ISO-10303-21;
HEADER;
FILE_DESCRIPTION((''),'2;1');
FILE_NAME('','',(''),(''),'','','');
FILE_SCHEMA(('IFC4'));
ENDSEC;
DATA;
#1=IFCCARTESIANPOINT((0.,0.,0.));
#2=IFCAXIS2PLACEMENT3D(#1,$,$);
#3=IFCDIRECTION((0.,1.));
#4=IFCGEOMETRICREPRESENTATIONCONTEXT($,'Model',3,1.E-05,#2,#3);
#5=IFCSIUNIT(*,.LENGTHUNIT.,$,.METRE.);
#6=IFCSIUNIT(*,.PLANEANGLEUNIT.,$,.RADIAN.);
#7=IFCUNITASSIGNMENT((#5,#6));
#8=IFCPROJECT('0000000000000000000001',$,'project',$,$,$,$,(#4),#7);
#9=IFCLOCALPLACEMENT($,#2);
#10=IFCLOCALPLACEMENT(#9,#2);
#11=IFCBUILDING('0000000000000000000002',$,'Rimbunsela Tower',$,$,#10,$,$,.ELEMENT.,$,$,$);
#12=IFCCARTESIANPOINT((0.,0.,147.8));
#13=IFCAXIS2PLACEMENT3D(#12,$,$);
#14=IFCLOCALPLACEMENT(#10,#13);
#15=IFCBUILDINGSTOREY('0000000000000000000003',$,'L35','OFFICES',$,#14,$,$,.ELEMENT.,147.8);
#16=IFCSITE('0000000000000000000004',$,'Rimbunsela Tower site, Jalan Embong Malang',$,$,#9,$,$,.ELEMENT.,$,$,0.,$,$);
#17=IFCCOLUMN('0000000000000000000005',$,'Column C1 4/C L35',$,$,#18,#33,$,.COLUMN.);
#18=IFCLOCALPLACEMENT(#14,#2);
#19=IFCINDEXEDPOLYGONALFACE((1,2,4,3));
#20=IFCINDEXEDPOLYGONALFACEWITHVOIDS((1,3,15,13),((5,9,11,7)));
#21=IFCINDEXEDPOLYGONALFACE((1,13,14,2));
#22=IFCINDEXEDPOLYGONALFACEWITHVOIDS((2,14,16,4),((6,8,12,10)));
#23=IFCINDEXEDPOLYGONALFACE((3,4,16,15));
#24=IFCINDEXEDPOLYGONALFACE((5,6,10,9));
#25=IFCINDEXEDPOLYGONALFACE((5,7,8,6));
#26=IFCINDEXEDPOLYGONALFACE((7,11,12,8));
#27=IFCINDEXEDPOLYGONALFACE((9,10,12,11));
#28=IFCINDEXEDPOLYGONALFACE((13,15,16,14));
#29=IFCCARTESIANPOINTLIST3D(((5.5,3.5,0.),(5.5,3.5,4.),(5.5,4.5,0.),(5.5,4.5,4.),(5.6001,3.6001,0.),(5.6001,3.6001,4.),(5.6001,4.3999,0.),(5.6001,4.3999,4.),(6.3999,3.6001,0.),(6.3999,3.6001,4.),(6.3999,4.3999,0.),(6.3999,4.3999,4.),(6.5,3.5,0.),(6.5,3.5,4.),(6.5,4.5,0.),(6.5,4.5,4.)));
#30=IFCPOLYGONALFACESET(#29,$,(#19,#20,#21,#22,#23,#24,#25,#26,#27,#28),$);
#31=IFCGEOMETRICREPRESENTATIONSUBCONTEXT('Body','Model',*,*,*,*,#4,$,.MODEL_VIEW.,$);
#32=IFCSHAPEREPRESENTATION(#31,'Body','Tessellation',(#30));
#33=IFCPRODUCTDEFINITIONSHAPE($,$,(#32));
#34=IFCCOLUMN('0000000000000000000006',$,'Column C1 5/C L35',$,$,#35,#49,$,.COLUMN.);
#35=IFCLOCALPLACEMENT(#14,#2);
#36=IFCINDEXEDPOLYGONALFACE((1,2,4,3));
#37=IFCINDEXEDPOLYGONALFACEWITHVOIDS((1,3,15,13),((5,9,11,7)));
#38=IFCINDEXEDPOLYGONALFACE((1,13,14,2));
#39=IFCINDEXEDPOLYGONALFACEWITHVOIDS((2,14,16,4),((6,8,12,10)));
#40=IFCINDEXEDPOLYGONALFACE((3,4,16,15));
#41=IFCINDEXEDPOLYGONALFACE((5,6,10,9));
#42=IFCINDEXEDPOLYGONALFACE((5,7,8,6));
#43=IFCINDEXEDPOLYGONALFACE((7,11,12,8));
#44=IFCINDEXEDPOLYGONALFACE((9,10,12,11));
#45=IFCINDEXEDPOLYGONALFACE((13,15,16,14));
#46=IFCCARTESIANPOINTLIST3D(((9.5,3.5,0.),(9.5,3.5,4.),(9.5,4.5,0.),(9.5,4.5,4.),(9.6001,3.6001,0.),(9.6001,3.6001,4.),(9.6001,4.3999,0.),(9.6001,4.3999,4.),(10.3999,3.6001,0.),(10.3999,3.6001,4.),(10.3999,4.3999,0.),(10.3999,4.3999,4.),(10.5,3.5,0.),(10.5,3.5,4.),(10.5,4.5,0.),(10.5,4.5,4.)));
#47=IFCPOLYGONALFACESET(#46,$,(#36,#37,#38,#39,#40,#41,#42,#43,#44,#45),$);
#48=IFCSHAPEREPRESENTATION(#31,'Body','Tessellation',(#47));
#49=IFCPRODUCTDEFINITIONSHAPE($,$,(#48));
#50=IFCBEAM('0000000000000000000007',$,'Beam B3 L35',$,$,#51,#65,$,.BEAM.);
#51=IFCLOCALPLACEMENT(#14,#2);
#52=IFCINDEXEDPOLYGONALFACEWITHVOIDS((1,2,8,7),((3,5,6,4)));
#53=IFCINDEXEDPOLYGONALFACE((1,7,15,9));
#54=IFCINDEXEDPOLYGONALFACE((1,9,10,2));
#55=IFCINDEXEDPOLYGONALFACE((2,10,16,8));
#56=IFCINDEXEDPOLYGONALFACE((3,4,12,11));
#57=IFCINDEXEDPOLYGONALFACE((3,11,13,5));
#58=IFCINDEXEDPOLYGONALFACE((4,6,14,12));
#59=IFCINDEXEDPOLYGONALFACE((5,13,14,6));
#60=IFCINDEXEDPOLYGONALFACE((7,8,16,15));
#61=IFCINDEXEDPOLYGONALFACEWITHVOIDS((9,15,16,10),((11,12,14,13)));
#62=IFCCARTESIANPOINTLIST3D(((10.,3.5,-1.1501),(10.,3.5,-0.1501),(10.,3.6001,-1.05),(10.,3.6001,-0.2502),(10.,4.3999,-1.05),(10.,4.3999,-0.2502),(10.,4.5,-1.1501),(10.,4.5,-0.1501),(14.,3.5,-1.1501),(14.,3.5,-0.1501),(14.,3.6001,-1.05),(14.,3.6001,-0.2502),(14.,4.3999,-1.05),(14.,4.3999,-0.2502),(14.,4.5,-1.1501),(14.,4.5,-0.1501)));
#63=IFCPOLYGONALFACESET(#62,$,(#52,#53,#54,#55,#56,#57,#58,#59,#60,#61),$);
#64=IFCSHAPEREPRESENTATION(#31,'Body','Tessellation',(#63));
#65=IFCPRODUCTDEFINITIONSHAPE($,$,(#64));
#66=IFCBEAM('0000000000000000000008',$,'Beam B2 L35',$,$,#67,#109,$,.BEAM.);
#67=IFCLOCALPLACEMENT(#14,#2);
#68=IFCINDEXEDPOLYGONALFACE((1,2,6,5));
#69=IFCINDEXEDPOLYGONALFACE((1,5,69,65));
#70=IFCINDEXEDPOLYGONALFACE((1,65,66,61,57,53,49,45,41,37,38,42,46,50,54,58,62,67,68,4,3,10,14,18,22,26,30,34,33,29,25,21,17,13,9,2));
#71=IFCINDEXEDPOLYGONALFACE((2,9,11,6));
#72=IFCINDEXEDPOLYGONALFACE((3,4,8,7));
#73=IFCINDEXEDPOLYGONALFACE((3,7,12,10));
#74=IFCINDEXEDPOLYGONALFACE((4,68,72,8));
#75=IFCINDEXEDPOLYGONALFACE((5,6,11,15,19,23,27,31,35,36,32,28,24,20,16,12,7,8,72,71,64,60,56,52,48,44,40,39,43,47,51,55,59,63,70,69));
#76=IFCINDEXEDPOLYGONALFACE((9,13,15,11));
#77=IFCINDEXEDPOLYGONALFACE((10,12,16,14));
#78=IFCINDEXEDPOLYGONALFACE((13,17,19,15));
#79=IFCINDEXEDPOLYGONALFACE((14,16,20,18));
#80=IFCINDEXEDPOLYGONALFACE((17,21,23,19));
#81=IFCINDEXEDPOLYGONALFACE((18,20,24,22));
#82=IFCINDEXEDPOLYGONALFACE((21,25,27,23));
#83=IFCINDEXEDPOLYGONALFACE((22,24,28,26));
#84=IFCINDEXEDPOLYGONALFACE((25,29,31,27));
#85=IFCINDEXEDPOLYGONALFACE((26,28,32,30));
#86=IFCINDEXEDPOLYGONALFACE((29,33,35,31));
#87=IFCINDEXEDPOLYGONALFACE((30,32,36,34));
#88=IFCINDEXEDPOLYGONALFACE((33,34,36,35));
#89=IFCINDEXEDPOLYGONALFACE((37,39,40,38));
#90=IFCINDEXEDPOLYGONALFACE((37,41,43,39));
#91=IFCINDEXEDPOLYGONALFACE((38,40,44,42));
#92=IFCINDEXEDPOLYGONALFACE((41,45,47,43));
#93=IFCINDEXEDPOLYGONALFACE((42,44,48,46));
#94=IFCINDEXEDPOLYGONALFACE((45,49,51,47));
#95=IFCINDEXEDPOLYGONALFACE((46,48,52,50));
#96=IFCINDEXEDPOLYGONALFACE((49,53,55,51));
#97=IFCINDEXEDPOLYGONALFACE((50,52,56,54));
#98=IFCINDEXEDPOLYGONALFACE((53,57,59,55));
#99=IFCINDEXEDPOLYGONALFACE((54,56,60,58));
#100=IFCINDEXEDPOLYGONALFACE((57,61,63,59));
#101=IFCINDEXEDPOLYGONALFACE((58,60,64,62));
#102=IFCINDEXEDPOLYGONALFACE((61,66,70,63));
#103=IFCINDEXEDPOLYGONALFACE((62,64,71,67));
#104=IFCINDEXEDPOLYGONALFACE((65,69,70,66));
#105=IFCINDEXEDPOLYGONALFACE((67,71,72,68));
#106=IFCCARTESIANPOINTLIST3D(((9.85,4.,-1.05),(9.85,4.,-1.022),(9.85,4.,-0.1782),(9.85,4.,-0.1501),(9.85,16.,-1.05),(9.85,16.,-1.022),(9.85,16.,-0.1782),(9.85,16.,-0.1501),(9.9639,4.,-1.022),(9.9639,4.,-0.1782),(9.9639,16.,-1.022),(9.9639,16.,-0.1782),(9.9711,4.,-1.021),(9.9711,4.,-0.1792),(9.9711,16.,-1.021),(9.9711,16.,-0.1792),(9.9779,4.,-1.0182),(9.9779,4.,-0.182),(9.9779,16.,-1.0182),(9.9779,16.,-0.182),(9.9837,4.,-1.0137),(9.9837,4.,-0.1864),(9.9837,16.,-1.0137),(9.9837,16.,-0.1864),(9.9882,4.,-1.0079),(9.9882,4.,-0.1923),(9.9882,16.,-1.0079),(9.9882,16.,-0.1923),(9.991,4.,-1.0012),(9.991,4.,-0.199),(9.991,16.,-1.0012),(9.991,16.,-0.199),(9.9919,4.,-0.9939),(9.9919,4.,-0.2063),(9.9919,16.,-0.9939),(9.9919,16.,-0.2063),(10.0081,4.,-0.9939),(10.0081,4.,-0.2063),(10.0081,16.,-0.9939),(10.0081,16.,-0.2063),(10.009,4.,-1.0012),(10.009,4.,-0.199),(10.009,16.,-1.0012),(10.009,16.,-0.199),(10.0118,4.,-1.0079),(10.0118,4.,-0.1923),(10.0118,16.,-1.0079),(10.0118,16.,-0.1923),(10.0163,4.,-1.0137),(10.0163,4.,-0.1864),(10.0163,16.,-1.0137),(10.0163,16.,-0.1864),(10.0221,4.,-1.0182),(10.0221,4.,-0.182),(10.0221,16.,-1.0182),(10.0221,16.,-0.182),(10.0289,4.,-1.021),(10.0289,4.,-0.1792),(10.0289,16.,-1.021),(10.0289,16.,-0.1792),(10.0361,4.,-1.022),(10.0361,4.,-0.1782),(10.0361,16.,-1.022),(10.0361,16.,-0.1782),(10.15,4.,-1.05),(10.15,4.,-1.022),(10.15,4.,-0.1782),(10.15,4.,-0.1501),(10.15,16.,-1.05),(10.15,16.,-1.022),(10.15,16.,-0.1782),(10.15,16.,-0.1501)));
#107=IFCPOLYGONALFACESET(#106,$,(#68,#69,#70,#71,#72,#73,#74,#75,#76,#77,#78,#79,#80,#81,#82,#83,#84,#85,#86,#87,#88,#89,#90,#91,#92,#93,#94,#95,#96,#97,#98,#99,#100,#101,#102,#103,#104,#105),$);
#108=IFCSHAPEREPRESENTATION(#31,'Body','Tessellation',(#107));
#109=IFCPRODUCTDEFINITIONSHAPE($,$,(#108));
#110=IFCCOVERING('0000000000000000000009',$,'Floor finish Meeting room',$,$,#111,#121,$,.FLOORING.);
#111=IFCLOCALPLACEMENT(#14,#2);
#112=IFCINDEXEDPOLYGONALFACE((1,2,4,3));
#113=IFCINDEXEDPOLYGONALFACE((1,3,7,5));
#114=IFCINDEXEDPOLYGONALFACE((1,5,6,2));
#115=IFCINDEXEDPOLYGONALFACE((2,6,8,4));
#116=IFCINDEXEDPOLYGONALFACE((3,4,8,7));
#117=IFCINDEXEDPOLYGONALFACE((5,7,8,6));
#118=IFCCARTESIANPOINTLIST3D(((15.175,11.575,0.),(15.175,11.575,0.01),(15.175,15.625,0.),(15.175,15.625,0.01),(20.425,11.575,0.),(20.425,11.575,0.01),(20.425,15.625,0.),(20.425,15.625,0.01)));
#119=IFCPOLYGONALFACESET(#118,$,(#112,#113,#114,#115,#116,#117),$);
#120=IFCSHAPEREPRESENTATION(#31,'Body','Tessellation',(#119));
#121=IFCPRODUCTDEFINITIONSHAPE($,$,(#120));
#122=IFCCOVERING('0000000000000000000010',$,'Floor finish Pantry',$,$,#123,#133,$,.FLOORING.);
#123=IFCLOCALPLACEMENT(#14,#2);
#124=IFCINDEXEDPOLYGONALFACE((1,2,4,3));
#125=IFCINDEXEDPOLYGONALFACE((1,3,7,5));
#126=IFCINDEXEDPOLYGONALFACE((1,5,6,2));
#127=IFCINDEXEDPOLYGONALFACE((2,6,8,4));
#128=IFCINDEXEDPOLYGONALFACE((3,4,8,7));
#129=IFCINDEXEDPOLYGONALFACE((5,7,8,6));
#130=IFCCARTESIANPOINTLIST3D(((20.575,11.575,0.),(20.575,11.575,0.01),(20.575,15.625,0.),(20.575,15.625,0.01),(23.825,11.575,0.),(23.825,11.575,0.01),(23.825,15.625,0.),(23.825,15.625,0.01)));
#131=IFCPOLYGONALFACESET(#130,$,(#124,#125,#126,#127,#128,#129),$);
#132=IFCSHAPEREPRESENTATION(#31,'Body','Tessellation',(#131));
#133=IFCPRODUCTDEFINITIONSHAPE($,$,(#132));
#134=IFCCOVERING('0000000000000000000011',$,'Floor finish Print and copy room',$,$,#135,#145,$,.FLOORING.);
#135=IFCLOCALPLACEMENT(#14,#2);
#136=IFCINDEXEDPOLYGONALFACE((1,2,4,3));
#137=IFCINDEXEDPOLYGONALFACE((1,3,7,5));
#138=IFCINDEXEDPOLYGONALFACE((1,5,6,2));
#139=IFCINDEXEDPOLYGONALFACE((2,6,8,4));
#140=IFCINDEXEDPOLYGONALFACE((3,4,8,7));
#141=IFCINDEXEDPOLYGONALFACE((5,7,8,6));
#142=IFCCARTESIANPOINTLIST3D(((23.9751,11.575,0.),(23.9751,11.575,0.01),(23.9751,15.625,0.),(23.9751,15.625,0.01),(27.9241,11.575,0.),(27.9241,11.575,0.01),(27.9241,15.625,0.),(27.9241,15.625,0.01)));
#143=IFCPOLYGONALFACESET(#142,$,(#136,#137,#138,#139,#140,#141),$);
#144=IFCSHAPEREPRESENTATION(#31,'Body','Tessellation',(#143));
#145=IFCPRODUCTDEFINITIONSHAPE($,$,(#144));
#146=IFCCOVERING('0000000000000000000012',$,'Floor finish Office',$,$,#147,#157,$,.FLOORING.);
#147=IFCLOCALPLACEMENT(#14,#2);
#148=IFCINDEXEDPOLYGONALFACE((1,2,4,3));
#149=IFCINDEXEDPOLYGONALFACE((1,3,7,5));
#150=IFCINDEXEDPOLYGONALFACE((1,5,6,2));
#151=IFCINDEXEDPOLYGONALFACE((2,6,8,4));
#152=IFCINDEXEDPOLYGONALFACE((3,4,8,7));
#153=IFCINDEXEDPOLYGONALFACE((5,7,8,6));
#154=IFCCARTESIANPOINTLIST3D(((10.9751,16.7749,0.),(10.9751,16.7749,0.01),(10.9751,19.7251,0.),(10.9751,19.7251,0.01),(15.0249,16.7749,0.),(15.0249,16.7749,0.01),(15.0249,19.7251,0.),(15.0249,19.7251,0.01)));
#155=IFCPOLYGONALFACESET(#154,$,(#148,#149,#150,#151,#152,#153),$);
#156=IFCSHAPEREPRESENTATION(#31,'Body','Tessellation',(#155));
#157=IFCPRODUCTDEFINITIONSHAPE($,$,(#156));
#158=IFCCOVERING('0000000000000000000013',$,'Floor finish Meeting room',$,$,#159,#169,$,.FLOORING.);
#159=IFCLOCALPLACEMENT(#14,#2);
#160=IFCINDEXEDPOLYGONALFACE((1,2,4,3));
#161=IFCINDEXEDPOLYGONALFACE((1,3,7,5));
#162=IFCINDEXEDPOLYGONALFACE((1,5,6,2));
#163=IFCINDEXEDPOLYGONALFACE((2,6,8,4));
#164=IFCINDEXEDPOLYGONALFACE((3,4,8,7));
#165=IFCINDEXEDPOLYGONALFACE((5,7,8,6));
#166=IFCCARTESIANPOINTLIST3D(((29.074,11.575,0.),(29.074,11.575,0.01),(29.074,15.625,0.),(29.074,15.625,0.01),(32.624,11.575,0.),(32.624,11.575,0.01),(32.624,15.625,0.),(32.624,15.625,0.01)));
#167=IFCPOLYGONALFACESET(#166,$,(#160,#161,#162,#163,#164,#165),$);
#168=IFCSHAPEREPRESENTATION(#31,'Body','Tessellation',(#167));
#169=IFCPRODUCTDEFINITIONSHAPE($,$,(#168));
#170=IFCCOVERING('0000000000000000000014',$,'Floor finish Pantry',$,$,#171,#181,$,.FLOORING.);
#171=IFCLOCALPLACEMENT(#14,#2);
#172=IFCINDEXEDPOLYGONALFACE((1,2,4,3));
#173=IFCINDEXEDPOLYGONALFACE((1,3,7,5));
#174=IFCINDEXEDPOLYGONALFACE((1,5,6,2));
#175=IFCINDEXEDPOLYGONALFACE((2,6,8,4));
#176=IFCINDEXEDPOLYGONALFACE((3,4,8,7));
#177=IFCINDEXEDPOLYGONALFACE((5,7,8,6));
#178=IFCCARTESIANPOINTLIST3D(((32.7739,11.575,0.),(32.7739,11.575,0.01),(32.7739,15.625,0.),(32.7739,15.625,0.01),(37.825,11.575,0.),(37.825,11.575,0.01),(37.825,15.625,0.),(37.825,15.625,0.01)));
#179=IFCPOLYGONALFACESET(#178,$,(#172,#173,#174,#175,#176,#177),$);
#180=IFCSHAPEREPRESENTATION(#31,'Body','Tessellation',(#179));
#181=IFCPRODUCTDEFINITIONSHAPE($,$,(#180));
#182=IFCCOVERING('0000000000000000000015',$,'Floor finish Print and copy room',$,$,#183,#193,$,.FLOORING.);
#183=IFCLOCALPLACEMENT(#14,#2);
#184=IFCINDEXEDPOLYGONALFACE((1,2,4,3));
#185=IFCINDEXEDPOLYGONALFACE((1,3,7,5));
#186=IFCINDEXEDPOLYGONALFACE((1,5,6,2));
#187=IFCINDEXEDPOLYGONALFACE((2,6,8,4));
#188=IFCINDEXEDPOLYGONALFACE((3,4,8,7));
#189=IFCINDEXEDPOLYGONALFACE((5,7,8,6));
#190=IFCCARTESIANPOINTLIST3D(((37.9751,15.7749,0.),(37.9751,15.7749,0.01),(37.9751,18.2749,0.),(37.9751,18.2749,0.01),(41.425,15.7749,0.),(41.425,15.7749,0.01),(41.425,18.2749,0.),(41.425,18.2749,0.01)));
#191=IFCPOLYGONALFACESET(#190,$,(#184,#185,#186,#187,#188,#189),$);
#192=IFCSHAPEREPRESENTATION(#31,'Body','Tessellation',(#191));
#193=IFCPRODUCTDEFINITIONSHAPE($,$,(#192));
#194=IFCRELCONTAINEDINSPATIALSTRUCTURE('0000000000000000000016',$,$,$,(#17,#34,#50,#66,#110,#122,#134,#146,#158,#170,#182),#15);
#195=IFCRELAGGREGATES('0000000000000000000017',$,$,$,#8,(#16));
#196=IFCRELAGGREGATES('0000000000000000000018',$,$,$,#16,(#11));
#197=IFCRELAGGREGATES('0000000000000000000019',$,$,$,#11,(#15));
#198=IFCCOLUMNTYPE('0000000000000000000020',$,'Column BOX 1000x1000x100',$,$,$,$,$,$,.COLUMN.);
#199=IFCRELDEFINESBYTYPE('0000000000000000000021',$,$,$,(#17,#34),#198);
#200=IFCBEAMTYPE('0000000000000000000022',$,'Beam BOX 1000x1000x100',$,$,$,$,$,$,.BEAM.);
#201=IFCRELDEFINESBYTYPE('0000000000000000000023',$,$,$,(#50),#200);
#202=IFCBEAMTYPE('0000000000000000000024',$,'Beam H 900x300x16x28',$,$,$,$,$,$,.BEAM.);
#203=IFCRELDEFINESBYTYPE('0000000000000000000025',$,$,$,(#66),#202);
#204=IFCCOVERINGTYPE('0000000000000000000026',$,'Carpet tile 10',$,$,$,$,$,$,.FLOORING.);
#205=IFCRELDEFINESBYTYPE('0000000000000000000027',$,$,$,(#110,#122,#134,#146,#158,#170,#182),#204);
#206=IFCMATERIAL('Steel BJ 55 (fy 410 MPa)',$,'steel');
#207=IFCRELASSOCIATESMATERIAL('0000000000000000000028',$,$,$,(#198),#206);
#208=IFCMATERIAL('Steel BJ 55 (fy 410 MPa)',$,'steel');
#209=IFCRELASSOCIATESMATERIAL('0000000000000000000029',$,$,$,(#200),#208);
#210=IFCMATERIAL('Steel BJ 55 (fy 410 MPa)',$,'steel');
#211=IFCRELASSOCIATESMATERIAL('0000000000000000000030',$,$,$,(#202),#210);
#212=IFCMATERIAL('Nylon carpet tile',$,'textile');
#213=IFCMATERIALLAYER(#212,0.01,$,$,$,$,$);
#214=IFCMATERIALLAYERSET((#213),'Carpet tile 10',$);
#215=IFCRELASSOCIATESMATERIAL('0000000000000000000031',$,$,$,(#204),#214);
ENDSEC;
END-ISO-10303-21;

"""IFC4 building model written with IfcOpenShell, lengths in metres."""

from ifc_helpers import new_model, si_unit, direction, frame, origin, origin_2d, place, context, subcontext, project, spatial, polyline, hollow_rectangle, i_section, outline, extrude, material, layer, layer_set, material_profile, profile_set, type_object, element, save


model = new_model("IFC4")

# Units and contexts
model_context = context("Model", 3, precision=1e-05, world=origin(), true_north=direction((0.0, 1.0)))
body_context = subcontext(model_context, "Body", "Model", "MODEL_VIEW")
ifc_project = project(units=[si_unit("LENGTHUNIT", "METRE"), si_unit("PLANEANGLEUNIT", "RADIAN")], contexts=[model_context])

# Site, building, storey
site_placement = place(None, origin())
site = spatial("IfcSite", under=ifc_project, at=site_placement, Name="Rimbunsela Tower site, Jalan Embong Malang", CompositionType="ELEMENT", RefElevation=0.0)
building_placement = place(site_placement, origin())
building = spatial("IfcBuilding", under=site, at=building_placement, Name="Rimbunsela Tower", CompositionType="ELEMENT")
storey_placement = place(building_placement, frame((0.0, 0.0, 147.8)))
storey = spatial("IfcBuildingStorey", under=building, at=storey_placement, Name="L35", Description="OFFICES", CompositionType="ELEMENT", Elevation=147.8)

# Columns
ifc_material_1 = material(Name="Steel BJ 55 (fy 410 MPa)", Category="steel")
ifc_material_profile_1 = material_profile(ifc_material_1, hollow_rectangle(XDim=1.0, YDim=1.0, WallThickness=0.1001, at=origin_2d()), Name="BOX 1000x1000x100")
ifc_profile_set_1 = profile_set([ifc_material_profile_1], Name="Steel BJ 55 (fy 410 MPa)")
column_type = type_object("IfcColumnType", Name="Column BOX 1000x1000x100", PredefinedType="COLUMN", material=ifc_profile_set_1)
for number, where, z_axis, x_axis, name in (
    (1, (6.0, 4.0, 0.0), (0.0, 0.0, 1.0), (1.0, 0.0, 0.0), "Column C1 4/C L35"),
    (2, (10.0, 4.0, 0.0), (0.0, 0.0, 1.0), (1.0, 0.0, 0.0), "Column C1 5/C L35"),
):
    element("IfcColumn", number, at=place(storey_placement, frame(where, z_axis=z_axis, x_axis=x_axis)), inside=storey, type_object=column_type, Name=name, PredefinedType="COLUMN", context=body_context, shape_type="SweptSolid", body=[
        extrude(hollow_rectangle(XDim=1.0, YDim=1.0, WallThickness=0.1001, at=origin_2d()), origin(), (0.0, 0.0, 1.0), 4.0),
    ])

# Beams
ifc_material_2 = material(Name="Steel BJ 55 (fy 410 MPa)", Category="steel")
ifc_material_profile_2 = material_profile(ifc_material_2, hollow_rectangle(XDim=1.0, YDim=1.0, WallThickness=0.1001, at=origin_2d()), Name="BOX 1000x1000x100")
ifc_profile_set_2 = profile_set([ifc_material_profile_2], Name="Steel BJ 55 (fy 410 MPa)")
beam_type_1 = type_object("IfcBeamType", Name="Beam BOX 1000x1000x100", PredefinedType="BEAM", material=ifc_profile_set_2)
beam_1_placement = place(storey_placement, frame((10.0, 4.0, -0.6501), z_axis=(1.0, 0.0, 0.0), x_axis=(0.0, 1.0, 0.0)))
element("IfcBeam", 3, at=beam_1_placement, inside=storey, type_object=beam_type_1, Name="Beam B3 L35", PredefinedType="BEAM", context=body_context, shape_type="SweptSolid", body=[
    extrude(hollow_rectangle(XDim=1.0, YDim=1.0, WallThickness=0.1001, at=origin_2d()), origin(), (0.0, 0.0, 1.0), 4.0),
])
ifc_material_3 = material(Name="Steel BJ 55 (fy 410 MPa)", Category="steel")
ifc_material_profile_3 = material_profile(ifc_material_3, i_section(OverallWidth=0.3, OverallDepth=0.8999, WebThickness=0.0161, FlangeThickness=0.0281, FilletRadius=0.0281, at=origin_2d()), Name="H 900x300x16x28")
ifc_profile_set_3 = profile_set([ifc_material_profile_3], Name="Steel BJ 55 (fy 410 MPa)")
beam_type_2 = type_object("IfcBeamType", Name="Beam H 900x300x16x28", PredefinedType="BEAM", material=ifc_profile_set_3)
beam_2_placement = place(storey_placement, frame((10.0, 4.0, -0.6001), z_axis=(0.0, 1.0, 0.0), x_axis=(-1.0, 0.0, 0.0)))
element("IfcBeam", 4, at=beam_2_placement, inside=storey, type_object=beam_type_2, Name="Beam B2 L35", PredefinedType="BEAM", context=body_context, shape_type="SweptSolid", body=[
    extrude(i_section(OverallWidth=0.3, OverallDepth=0.8999, WebThickness=0.0161, FlangeThickness=0.0281, FilletRadius=0.0281, at=origin_2d()), origin(), (0.0, 0.0, 1.0), 12.0),
])

# Coverings
ifc_material_4 = material(Name="Nylon carpet tile", Category="textile")
ifc_layer_1 = layer(ifc_material_4, 0.01)
ifc_layer_set_1 = layer_set([ifc_layer_1], Name="Carpet tile 10")
covering_type_1 = type_object("IfcCoveringType", Name="Carpet tile 10", PredefinedType="FLOORING", material=ifc_layer_set_1)
covering_1_placement = place(storey_placement, origin())
element("IfcCovering", 5, at=covering_1_placement, inside=storey, type_object=covering_type_1, Name="Floor finish Meeting room", PredefinedType="FLOORING", context=body_context, shape_type="SweptSolid", body=[
    extrude(outline(polyline([(20.425, 11.575), (20.425, 15.625), (15.175, 15.625), (15.175, 11.575), (20.425, 11.575)])), origin(), (0.0, 0.0, 1.0), 0.01),
])
covering_2_placement = place(storey_placement, origin())
element("IfcCovering", 6, at=covering_2_placement, inside=storey, type_object=covering_type_1, Name="Floor finish Pantry", PredefinedType="FLOORING", context=body_context, shape_type="SweptSolid", body=[
    extrude(outline(polyline([(23.825, 11.575), (23.825, 15.625), (20.575, 15.625), (20.575, 11.575), (23.825, 11.575)])), origin(), (0.0, 0.0, 1.0), 0.01),
])
covering_3_placement = place(storey_placement, origin())
element("IfcCovering", 7, at=covering_3_placement, inside=storey, type_object=covering_type_1, Name="Floor finish Print and copy room", PredefinedType="FLOORING", context=body_context, shape_type="SweptSolid", body=[
    extrude(outline(polyline([(27.9241, 11.575), (27.9241, 15.625), (23.9751, 15.625), (23.9751, 11.575), (27.9241, 11.575)])), origin(), (0.0, 0.0, 1.0), 0.01),
])
covering_4_placement = place(storey_placement, origin())
element("IfcCovering", 8, at=covering_4_placement, inside=storey, type_object=covering_type_1, Name="Floor finish Office", PredefinedType="FLOORING", context=body_context, shape_type="SweptSolid", body=[
    extrude(outline(polyline([(15.0249, 16.7749), (15.0249, 19.7251), (10.9751, 19.7251), (10.9751, 16.7749), (15.0249, 16.7749)])), origin(), (0.0, 0.0, 1.0), 0.01),
])
covering_5_placement = place(storey_placement, origin())
element("IfcCovering", 9, at=covering_5_placement, inside=storey, type_object=covering_type_1, Name="Floor finish Meeting room", PredefinedType="FLOORING", context=body_context, shape_type="SweptSolid", body=[
    extrude(outline(polyline([(32.624, 11.575), (32.624, 15.625), (29.074, 15.625), (29.074, 11.575), (32.624, 11.575)])), origin(), (0.0, 0.0, 1.0), 0.01),
])
covering_6_placement = place(storey_placement, origin())
element("IfcCovering", 10, at=covering_6_placement, inside=storey, type_object=covering_type_1, Name="Floor finish Pantry", PredefinedType="FLOORING", context=body_context, shape_type="SweptSolid", body=[
    extrude(outline(polyline([(37.825, 11.575), (37.825, 15.625), (32.7739, 15.625), (32.7739, 11.575), (37.825, 11.575)])), origin(), (0.0, 0.0, 1.0), 0.01),
])
covering_7_placement = place(storey_placement, origin())
element("IfcCovering", 11, at=covering_7_placement, inside=storey, type_object=covering_type_1, Name="Floor finish Print and copy room", PredefinedType="FLOORING", context=body_context, shape_type="SweptSolid", body=[
    extrude(outline(polyline([(41.425, 15.7749), (41.425, 18.2749), (37.9751, 18.2749), (37.9751, 15.7749), (41.425, 15.7749)])), origin(), (0.0, 0.0, 1.0), 0.01),
])

save(model, "model.ifc")
